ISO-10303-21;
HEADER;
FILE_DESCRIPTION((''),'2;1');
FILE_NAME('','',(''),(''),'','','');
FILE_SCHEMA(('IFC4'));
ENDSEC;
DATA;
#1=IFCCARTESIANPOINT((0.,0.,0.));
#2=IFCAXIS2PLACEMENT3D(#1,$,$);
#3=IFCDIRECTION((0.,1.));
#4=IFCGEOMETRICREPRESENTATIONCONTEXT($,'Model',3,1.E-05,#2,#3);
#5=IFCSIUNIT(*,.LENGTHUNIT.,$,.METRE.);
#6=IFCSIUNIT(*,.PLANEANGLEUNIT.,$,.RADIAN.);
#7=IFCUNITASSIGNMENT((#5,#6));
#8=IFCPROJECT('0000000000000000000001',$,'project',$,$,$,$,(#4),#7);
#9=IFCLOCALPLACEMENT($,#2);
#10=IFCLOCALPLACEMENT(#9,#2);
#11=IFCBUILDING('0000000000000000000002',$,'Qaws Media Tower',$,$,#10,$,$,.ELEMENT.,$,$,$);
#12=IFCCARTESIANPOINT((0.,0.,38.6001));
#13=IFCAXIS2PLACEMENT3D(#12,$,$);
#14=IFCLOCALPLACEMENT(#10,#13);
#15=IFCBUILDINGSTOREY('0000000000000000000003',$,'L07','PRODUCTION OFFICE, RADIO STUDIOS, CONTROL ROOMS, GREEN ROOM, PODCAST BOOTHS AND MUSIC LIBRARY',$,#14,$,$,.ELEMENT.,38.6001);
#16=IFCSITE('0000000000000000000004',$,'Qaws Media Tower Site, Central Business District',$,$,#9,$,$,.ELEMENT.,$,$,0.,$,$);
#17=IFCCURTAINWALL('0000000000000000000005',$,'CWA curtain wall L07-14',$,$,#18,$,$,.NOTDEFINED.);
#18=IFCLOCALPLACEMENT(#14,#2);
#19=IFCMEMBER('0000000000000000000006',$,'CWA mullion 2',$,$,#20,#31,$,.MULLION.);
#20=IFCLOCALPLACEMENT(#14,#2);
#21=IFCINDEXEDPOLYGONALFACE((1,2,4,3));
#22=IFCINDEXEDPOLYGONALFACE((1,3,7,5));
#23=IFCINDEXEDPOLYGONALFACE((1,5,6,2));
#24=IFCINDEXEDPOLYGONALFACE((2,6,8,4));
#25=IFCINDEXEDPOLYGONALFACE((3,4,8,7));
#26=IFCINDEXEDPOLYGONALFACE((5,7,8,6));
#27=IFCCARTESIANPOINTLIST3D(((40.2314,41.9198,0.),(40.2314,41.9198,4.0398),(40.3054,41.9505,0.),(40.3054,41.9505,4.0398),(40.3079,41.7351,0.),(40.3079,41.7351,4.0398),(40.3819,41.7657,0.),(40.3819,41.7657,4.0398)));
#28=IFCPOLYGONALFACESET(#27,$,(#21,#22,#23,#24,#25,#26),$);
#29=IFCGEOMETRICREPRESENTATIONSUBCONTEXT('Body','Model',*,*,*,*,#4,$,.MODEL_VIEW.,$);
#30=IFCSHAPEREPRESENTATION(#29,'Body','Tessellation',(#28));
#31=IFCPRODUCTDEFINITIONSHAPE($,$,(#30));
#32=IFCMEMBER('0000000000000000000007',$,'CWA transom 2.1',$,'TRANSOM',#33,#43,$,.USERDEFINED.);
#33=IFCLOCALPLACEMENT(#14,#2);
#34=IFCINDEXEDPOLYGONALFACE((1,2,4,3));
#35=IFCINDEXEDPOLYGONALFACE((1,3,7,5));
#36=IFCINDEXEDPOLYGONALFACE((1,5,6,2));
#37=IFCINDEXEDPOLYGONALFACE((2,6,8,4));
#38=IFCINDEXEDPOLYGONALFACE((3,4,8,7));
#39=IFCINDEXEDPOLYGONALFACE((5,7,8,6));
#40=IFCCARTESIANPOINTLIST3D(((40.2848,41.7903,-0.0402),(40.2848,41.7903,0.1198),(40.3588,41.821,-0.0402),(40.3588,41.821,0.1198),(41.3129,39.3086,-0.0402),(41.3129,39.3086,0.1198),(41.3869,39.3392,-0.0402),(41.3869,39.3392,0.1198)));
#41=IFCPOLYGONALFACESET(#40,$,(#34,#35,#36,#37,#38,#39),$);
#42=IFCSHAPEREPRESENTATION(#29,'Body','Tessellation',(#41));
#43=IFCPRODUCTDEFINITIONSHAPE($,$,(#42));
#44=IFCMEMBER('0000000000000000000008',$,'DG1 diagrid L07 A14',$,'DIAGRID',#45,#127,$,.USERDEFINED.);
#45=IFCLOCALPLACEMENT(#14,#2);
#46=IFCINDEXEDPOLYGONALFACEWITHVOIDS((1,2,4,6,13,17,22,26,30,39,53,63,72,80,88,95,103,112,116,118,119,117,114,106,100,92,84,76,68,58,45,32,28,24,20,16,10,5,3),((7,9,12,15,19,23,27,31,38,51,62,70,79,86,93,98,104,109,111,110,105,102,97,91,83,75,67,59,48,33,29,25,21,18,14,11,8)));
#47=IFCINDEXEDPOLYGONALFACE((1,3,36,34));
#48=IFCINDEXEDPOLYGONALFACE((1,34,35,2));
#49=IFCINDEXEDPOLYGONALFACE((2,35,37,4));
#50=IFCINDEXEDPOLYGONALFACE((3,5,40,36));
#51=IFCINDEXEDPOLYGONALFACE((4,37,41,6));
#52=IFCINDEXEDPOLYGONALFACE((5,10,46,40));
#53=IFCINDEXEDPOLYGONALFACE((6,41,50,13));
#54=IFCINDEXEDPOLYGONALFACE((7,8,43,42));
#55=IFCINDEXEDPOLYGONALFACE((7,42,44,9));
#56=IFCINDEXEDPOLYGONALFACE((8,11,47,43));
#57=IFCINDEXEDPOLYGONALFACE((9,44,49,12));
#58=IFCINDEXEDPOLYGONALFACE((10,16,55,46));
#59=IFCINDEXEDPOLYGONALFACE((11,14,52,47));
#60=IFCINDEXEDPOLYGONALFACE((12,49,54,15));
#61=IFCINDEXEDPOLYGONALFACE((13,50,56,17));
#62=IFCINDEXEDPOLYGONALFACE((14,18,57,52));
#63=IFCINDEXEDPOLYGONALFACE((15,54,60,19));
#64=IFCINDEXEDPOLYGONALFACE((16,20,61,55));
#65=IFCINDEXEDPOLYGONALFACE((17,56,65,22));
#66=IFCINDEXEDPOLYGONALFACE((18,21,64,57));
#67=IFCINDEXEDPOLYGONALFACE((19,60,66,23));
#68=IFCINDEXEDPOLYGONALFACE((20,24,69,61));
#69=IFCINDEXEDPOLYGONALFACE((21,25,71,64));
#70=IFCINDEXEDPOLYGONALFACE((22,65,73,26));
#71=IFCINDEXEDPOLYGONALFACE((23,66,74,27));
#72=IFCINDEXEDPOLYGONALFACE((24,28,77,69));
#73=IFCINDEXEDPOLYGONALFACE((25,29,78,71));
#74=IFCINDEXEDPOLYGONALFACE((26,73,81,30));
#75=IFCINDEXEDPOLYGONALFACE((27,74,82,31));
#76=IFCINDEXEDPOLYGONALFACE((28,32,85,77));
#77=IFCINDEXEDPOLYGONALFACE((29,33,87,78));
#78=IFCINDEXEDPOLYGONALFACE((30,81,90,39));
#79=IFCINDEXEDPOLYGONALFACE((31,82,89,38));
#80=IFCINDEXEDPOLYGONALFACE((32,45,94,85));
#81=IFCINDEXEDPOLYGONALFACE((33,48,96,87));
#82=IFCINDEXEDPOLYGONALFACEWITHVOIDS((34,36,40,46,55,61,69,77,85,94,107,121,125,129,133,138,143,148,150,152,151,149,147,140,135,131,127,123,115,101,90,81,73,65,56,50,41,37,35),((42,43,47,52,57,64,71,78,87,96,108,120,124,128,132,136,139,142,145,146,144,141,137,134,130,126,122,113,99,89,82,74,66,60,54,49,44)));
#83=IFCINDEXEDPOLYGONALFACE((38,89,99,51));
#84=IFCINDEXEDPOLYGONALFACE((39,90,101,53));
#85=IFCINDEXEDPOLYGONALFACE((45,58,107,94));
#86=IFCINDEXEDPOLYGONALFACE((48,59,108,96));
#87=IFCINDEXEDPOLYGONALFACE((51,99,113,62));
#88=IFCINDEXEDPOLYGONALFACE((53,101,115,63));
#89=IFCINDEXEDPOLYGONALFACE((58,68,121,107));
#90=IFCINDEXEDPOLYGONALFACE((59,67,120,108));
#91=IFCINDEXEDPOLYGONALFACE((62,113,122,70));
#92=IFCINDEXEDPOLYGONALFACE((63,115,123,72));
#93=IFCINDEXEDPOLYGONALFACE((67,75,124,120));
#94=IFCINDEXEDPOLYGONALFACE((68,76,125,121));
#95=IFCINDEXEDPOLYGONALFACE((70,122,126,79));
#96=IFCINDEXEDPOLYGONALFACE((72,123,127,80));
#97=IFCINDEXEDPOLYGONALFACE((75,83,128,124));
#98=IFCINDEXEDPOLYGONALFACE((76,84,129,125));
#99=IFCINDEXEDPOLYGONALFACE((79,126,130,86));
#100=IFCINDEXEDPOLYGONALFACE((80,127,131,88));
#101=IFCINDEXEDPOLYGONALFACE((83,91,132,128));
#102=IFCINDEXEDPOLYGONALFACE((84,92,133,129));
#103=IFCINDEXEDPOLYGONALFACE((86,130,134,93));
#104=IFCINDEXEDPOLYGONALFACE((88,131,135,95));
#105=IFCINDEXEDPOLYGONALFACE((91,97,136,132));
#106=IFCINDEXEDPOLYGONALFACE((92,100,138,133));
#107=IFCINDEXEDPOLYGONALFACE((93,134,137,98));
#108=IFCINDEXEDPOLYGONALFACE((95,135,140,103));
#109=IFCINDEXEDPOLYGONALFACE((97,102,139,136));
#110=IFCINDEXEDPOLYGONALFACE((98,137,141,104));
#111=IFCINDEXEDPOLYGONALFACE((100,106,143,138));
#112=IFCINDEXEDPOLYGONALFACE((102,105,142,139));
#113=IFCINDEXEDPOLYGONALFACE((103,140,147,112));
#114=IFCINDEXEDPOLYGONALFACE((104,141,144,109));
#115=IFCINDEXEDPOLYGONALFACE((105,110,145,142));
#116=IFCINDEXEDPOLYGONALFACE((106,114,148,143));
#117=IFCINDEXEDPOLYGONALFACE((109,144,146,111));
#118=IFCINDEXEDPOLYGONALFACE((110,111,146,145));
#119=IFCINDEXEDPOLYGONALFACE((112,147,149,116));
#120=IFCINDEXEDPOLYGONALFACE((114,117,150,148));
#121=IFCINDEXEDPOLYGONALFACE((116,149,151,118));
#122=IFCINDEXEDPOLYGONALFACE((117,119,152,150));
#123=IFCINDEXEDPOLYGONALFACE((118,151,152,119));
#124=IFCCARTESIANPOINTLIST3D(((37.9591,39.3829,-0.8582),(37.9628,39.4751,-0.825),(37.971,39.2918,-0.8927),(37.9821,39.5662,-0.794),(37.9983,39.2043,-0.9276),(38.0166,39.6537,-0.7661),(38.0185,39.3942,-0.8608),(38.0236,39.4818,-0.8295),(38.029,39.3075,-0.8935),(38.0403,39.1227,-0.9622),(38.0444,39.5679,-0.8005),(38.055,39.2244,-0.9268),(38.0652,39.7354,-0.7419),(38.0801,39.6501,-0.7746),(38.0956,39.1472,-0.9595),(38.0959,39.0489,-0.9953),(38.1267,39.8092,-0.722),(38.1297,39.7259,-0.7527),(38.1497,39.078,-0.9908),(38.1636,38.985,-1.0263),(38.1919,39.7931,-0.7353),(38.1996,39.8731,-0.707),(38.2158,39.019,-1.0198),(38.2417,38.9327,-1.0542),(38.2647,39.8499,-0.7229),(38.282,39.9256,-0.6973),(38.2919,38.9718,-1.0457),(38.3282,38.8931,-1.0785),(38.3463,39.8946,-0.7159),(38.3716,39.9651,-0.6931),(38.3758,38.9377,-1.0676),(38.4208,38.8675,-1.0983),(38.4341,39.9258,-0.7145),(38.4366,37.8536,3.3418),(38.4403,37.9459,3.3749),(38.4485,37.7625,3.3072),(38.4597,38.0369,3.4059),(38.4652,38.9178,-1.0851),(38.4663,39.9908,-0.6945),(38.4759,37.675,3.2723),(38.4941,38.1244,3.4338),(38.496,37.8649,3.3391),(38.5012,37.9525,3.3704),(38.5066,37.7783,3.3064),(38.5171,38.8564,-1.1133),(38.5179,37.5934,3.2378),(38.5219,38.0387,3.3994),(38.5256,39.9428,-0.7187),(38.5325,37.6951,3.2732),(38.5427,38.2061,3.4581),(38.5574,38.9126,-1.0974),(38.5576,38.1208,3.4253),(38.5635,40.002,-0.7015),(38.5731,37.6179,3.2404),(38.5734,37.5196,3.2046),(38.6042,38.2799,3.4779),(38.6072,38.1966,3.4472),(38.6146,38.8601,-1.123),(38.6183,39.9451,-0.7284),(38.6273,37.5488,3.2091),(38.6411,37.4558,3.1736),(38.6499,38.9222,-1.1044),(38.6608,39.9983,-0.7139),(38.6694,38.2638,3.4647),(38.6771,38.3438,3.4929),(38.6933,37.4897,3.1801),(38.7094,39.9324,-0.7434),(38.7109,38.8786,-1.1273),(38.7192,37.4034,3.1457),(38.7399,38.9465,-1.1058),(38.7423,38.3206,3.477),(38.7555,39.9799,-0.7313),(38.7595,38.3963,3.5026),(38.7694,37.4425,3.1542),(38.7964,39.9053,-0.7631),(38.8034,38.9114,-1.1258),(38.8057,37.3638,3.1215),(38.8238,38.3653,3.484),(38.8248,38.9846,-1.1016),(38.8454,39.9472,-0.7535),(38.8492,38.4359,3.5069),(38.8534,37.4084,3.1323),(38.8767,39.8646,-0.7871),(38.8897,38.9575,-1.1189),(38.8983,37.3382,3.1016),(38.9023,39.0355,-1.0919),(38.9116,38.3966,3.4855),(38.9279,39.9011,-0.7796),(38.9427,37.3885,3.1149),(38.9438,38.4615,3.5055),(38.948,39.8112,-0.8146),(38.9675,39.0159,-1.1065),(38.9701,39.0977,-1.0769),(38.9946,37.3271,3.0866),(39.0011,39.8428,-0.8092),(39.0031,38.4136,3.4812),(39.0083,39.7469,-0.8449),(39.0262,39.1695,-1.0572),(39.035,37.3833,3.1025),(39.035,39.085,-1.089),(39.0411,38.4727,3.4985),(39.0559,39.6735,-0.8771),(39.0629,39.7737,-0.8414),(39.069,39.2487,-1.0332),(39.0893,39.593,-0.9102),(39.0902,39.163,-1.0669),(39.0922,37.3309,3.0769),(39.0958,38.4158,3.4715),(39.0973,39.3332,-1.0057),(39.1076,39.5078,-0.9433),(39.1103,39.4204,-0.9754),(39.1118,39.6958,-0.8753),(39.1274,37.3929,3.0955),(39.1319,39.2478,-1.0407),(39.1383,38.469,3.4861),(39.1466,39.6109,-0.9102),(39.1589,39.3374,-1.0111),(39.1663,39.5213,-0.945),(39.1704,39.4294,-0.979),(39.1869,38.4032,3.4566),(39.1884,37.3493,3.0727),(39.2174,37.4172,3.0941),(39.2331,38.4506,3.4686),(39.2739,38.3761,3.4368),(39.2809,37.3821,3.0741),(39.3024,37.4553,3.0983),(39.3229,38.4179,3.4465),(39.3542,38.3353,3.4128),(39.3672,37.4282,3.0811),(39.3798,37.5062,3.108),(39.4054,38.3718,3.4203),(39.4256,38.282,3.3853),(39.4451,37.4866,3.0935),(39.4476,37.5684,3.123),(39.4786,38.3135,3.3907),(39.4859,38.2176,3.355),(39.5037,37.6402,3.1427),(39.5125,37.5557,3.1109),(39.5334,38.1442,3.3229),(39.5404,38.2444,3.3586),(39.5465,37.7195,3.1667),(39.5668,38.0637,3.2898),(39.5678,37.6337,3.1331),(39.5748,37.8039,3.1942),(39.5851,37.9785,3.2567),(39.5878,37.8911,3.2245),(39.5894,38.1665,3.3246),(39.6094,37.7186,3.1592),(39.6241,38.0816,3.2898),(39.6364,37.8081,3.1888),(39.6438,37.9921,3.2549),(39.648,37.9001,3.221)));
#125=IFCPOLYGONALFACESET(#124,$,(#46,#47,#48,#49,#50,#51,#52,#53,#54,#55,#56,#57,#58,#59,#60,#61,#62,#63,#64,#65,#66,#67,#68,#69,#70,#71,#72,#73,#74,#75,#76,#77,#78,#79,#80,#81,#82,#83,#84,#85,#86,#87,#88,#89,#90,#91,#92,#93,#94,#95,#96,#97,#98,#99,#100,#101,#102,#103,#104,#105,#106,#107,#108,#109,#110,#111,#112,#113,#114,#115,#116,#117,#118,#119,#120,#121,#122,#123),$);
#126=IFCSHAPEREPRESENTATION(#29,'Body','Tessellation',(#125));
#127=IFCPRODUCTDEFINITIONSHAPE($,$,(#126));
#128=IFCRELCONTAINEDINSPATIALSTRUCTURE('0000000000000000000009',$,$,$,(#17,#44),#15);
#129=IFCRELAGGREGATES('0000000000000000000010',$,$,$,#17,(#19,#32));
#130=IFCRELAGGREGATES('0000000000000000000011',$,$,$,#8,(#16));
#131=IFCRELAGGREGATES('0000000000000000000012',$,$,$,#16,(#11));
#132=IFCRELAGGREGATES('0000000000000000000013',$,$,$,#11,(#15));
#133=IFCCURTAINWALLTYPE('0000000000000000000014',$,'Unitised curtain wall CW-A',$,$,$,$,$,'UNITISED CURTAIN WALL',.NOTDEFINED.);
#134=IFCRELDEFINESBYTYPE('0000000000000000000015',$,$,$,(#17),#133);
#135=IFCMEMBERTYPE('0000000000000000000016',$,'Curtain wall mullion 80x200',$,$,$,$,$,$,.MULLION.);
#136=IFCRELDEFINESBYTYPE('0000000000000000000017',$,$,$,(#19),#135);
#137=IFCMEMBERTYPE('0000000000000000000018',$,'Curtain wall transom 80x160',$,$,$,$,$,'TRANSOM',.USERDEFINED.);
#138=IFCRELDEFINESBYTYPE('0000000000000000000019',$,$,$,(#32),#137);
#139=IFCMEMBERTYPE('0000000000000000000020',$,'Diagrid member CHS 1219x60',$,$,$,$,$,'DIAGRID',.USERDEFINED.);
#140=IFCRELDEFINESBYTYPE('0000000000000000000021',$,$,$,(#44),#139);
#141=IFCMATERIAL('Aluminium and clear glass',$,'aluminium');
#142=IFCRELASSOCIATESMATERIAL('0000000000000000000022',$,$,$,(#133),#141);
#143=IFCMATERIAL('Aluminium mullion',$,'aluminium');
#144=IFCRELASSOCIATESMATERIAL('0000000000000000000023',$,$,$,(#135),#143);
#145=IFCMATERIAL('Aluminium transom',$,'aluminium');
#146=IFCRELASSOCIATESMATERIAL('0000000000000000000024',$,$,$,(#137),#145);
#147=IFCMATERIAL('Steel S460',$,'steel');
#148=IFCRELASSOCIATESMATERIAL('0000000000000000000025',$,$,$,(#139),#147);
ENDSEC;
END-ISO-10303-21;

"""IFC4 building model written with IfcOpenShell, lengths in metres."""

from ifc_helpers import new_model, si_unit, direction, frame, origin, origin_2d, place, context, subcontext, project, spatial, rectangle, hollow_circle, extrude, material, material_profile, profile_set, type_object, element, aggregate, save


model = new_model("IFC4")

# Units and contexts
model_context = context("Model", 3, precision=1e-05, world=origin(), true_north=direction((0.0, 1.0)))
body_context = subcontext(model_context, "Body", "Model", "MODEL_VIEW")
ifc_project = project(units=[si_unit("LENGTHUNIT", "METRE"), si_unit("PLANEANGLEUNIT", "RADIAN")], contexts=[model_context])

# Site, building, storey
site_placement = place(None, origin())
site = spatial("IfcSite", under=ifc_project, at=site_placement, Name="Qaws Media Tower Site, Central Business District", CompositionType="ELEMENT", RefElevation=0.0)
building_placement = place(site_placement, origin())
building = spatial("IfcBuilding", under=site, at=building_placement, Name="Qaws Media Tower", CompositionType="ELEMENT")
storey_placement = place(building_placement, frame((0.0, 0.0, 38.6001)))
storey = spatial("IfcBuildingStorey", under=building, at=storey_placement, Name="L07", Description="PRODUCTION OFFICE, RADIO STUDIOS, CONTROL ROOMS, GREEN ROOM, PODCAST BOOTHS AND MUSIC LIBRARY", CompositionType="ELEMENT", Elevation=38.6001)

# Curtain wall, members
ifc_material_1 = material(Name="Aluminium and clear glass", Category="aluminium")
curtain_wall_type = type_object("IfcCurtainWallType", Name="Unitised curtain wall CW-A", ElementType="UNITISED CURTAIN WALL", PredefinedType="NOTDEFINED", material=ifc_material_1)
curtain_wall_placement = place(storey_placement, origin())
curtain_wall = element("IfcCurtainWall", 1, at=curtain_wall_placement, inside=storey, type_object=curtain_wall_type, Name="CWA curtain wall L07-14", PredefinedType="NOTDEFINED")
ifc_material_2 = material(Name="Aluminium mullion", Category="aluminium")
ifc_material_profile_1 = material_profile(ifc_material_2, rectangle(XDim=0.0801, YDim=0.2, at=origin_2d()), Name="80x200")
ifc_profile_set_1 = profile_set([ifc_material_profile_1], Name="Aluminium mullion")
member_type_1 = type_object("IfcMemberType", Name="Curtain wall mullion 80x200", PredefinedType="MULLION", material=ifc_profile_set_1)
member_1_placement = place(storey_placement, frame((40.3066, 41.8428, 0.0), z_axis=(0.0, 0.0, 1.0), x_axis=(0.92388, 0.382683, 0.0)))
member_1 = element("IfcMember", 2, at=member_1_placement, type_object=member_type_1, Name="CWA mullion 2", PredefinedType="MULLION", context=body_context, shape_type="SweptSolid", body=[
    extrude(rectangle(XDim=0.0801, YDim=0.2, at=origin_2d()), origin(), (0.0, 0.0, 1.0), 4.0398),
])
ifc_material_3 = material(Name="Aluminium transom", Category="aluminium")
ifc_material_profile_2 = material_profile(ifc_material_3, rectangle(XDim=0.0801, YDim=0.1599, at=origin_2d()), Name="80x160")
ifc_profile_set_2 = profile_set([ifc_material_profile_2], Name="Aluminium transom")
member_type_2 = type_object("IfcMemberType", Name="Curtain wall transom 80x160", ElementType="TRANSOM", PredefinedType="USERDEFINED", material=ifc_profile_set_2)
member_2_placement = place(storey_placement, frame((40.3218, 41.8057, 0.0398), z_axis=(0.382724, -0.923863, 0.0), x_axis=(0.923863, 0.382724, 0.0)))
member_2 = element("IfcMember", 3, at=member_2_placement, type_object=member_type_2, Name="CWA transom 2.1", ObjectType="TRANSOM", PredefinedType="USERDEFINED", context=body_context, shape_type="SweptSolid", body=[
    extrude(rectangle(XDim=0.0801, YDim=0.1599, at=origin_2d()), origin(), (0.0, 0.0, 1.0), 2.6863),
])

# Member
ifc_material_4 = material(Name="Steel S460", Category="steel")
ifc_material_profile_3 = material_profile(ifc_material_4, hollow_circle(Radius=0.6096, WallThickness=0.0601, at=origin_2d()), Name="CHS 1219x60")
ifc_profile_set_3 = profile_set([ifc_material_profile_3], Name="Steel S460")
member_type_3 = type_object("IfcMemberType", Name="Diagrid member CHS 1219x60", ElementType="DIAGRID", PredefinedType="USERDEFINED", material=ifc_profile_set_3)
for number, where, z_axis, x_axis, name in (
    (4, (38.5647, 39.4292, -0.9102), (0.106234, -0.34021, 0.934329), (0.954545, 0.298067, 0.0), "DG1 diagrid L07 A14"),
):
    element("IfcMember", number, at=place(storey_placement, frame(where, z_axis=z_axis, x_axis=x_axis)), inside=storey, type_object=member_type_3, Name=name, ObjectType="DIAGRID", PredefinedType="USERDEFINED", context=body_context, shape_type="SweptSolid", body=[
        extrude(hollow_circle(Radius=0.6096, WallThickness=0.0601, at=origin_2d()), origin(), (0.0, 0.0, 1.0), 4.4951),
    ])

aggregate(curtain_wall, [member_1, member_2])

save(model, "model.ifc")
